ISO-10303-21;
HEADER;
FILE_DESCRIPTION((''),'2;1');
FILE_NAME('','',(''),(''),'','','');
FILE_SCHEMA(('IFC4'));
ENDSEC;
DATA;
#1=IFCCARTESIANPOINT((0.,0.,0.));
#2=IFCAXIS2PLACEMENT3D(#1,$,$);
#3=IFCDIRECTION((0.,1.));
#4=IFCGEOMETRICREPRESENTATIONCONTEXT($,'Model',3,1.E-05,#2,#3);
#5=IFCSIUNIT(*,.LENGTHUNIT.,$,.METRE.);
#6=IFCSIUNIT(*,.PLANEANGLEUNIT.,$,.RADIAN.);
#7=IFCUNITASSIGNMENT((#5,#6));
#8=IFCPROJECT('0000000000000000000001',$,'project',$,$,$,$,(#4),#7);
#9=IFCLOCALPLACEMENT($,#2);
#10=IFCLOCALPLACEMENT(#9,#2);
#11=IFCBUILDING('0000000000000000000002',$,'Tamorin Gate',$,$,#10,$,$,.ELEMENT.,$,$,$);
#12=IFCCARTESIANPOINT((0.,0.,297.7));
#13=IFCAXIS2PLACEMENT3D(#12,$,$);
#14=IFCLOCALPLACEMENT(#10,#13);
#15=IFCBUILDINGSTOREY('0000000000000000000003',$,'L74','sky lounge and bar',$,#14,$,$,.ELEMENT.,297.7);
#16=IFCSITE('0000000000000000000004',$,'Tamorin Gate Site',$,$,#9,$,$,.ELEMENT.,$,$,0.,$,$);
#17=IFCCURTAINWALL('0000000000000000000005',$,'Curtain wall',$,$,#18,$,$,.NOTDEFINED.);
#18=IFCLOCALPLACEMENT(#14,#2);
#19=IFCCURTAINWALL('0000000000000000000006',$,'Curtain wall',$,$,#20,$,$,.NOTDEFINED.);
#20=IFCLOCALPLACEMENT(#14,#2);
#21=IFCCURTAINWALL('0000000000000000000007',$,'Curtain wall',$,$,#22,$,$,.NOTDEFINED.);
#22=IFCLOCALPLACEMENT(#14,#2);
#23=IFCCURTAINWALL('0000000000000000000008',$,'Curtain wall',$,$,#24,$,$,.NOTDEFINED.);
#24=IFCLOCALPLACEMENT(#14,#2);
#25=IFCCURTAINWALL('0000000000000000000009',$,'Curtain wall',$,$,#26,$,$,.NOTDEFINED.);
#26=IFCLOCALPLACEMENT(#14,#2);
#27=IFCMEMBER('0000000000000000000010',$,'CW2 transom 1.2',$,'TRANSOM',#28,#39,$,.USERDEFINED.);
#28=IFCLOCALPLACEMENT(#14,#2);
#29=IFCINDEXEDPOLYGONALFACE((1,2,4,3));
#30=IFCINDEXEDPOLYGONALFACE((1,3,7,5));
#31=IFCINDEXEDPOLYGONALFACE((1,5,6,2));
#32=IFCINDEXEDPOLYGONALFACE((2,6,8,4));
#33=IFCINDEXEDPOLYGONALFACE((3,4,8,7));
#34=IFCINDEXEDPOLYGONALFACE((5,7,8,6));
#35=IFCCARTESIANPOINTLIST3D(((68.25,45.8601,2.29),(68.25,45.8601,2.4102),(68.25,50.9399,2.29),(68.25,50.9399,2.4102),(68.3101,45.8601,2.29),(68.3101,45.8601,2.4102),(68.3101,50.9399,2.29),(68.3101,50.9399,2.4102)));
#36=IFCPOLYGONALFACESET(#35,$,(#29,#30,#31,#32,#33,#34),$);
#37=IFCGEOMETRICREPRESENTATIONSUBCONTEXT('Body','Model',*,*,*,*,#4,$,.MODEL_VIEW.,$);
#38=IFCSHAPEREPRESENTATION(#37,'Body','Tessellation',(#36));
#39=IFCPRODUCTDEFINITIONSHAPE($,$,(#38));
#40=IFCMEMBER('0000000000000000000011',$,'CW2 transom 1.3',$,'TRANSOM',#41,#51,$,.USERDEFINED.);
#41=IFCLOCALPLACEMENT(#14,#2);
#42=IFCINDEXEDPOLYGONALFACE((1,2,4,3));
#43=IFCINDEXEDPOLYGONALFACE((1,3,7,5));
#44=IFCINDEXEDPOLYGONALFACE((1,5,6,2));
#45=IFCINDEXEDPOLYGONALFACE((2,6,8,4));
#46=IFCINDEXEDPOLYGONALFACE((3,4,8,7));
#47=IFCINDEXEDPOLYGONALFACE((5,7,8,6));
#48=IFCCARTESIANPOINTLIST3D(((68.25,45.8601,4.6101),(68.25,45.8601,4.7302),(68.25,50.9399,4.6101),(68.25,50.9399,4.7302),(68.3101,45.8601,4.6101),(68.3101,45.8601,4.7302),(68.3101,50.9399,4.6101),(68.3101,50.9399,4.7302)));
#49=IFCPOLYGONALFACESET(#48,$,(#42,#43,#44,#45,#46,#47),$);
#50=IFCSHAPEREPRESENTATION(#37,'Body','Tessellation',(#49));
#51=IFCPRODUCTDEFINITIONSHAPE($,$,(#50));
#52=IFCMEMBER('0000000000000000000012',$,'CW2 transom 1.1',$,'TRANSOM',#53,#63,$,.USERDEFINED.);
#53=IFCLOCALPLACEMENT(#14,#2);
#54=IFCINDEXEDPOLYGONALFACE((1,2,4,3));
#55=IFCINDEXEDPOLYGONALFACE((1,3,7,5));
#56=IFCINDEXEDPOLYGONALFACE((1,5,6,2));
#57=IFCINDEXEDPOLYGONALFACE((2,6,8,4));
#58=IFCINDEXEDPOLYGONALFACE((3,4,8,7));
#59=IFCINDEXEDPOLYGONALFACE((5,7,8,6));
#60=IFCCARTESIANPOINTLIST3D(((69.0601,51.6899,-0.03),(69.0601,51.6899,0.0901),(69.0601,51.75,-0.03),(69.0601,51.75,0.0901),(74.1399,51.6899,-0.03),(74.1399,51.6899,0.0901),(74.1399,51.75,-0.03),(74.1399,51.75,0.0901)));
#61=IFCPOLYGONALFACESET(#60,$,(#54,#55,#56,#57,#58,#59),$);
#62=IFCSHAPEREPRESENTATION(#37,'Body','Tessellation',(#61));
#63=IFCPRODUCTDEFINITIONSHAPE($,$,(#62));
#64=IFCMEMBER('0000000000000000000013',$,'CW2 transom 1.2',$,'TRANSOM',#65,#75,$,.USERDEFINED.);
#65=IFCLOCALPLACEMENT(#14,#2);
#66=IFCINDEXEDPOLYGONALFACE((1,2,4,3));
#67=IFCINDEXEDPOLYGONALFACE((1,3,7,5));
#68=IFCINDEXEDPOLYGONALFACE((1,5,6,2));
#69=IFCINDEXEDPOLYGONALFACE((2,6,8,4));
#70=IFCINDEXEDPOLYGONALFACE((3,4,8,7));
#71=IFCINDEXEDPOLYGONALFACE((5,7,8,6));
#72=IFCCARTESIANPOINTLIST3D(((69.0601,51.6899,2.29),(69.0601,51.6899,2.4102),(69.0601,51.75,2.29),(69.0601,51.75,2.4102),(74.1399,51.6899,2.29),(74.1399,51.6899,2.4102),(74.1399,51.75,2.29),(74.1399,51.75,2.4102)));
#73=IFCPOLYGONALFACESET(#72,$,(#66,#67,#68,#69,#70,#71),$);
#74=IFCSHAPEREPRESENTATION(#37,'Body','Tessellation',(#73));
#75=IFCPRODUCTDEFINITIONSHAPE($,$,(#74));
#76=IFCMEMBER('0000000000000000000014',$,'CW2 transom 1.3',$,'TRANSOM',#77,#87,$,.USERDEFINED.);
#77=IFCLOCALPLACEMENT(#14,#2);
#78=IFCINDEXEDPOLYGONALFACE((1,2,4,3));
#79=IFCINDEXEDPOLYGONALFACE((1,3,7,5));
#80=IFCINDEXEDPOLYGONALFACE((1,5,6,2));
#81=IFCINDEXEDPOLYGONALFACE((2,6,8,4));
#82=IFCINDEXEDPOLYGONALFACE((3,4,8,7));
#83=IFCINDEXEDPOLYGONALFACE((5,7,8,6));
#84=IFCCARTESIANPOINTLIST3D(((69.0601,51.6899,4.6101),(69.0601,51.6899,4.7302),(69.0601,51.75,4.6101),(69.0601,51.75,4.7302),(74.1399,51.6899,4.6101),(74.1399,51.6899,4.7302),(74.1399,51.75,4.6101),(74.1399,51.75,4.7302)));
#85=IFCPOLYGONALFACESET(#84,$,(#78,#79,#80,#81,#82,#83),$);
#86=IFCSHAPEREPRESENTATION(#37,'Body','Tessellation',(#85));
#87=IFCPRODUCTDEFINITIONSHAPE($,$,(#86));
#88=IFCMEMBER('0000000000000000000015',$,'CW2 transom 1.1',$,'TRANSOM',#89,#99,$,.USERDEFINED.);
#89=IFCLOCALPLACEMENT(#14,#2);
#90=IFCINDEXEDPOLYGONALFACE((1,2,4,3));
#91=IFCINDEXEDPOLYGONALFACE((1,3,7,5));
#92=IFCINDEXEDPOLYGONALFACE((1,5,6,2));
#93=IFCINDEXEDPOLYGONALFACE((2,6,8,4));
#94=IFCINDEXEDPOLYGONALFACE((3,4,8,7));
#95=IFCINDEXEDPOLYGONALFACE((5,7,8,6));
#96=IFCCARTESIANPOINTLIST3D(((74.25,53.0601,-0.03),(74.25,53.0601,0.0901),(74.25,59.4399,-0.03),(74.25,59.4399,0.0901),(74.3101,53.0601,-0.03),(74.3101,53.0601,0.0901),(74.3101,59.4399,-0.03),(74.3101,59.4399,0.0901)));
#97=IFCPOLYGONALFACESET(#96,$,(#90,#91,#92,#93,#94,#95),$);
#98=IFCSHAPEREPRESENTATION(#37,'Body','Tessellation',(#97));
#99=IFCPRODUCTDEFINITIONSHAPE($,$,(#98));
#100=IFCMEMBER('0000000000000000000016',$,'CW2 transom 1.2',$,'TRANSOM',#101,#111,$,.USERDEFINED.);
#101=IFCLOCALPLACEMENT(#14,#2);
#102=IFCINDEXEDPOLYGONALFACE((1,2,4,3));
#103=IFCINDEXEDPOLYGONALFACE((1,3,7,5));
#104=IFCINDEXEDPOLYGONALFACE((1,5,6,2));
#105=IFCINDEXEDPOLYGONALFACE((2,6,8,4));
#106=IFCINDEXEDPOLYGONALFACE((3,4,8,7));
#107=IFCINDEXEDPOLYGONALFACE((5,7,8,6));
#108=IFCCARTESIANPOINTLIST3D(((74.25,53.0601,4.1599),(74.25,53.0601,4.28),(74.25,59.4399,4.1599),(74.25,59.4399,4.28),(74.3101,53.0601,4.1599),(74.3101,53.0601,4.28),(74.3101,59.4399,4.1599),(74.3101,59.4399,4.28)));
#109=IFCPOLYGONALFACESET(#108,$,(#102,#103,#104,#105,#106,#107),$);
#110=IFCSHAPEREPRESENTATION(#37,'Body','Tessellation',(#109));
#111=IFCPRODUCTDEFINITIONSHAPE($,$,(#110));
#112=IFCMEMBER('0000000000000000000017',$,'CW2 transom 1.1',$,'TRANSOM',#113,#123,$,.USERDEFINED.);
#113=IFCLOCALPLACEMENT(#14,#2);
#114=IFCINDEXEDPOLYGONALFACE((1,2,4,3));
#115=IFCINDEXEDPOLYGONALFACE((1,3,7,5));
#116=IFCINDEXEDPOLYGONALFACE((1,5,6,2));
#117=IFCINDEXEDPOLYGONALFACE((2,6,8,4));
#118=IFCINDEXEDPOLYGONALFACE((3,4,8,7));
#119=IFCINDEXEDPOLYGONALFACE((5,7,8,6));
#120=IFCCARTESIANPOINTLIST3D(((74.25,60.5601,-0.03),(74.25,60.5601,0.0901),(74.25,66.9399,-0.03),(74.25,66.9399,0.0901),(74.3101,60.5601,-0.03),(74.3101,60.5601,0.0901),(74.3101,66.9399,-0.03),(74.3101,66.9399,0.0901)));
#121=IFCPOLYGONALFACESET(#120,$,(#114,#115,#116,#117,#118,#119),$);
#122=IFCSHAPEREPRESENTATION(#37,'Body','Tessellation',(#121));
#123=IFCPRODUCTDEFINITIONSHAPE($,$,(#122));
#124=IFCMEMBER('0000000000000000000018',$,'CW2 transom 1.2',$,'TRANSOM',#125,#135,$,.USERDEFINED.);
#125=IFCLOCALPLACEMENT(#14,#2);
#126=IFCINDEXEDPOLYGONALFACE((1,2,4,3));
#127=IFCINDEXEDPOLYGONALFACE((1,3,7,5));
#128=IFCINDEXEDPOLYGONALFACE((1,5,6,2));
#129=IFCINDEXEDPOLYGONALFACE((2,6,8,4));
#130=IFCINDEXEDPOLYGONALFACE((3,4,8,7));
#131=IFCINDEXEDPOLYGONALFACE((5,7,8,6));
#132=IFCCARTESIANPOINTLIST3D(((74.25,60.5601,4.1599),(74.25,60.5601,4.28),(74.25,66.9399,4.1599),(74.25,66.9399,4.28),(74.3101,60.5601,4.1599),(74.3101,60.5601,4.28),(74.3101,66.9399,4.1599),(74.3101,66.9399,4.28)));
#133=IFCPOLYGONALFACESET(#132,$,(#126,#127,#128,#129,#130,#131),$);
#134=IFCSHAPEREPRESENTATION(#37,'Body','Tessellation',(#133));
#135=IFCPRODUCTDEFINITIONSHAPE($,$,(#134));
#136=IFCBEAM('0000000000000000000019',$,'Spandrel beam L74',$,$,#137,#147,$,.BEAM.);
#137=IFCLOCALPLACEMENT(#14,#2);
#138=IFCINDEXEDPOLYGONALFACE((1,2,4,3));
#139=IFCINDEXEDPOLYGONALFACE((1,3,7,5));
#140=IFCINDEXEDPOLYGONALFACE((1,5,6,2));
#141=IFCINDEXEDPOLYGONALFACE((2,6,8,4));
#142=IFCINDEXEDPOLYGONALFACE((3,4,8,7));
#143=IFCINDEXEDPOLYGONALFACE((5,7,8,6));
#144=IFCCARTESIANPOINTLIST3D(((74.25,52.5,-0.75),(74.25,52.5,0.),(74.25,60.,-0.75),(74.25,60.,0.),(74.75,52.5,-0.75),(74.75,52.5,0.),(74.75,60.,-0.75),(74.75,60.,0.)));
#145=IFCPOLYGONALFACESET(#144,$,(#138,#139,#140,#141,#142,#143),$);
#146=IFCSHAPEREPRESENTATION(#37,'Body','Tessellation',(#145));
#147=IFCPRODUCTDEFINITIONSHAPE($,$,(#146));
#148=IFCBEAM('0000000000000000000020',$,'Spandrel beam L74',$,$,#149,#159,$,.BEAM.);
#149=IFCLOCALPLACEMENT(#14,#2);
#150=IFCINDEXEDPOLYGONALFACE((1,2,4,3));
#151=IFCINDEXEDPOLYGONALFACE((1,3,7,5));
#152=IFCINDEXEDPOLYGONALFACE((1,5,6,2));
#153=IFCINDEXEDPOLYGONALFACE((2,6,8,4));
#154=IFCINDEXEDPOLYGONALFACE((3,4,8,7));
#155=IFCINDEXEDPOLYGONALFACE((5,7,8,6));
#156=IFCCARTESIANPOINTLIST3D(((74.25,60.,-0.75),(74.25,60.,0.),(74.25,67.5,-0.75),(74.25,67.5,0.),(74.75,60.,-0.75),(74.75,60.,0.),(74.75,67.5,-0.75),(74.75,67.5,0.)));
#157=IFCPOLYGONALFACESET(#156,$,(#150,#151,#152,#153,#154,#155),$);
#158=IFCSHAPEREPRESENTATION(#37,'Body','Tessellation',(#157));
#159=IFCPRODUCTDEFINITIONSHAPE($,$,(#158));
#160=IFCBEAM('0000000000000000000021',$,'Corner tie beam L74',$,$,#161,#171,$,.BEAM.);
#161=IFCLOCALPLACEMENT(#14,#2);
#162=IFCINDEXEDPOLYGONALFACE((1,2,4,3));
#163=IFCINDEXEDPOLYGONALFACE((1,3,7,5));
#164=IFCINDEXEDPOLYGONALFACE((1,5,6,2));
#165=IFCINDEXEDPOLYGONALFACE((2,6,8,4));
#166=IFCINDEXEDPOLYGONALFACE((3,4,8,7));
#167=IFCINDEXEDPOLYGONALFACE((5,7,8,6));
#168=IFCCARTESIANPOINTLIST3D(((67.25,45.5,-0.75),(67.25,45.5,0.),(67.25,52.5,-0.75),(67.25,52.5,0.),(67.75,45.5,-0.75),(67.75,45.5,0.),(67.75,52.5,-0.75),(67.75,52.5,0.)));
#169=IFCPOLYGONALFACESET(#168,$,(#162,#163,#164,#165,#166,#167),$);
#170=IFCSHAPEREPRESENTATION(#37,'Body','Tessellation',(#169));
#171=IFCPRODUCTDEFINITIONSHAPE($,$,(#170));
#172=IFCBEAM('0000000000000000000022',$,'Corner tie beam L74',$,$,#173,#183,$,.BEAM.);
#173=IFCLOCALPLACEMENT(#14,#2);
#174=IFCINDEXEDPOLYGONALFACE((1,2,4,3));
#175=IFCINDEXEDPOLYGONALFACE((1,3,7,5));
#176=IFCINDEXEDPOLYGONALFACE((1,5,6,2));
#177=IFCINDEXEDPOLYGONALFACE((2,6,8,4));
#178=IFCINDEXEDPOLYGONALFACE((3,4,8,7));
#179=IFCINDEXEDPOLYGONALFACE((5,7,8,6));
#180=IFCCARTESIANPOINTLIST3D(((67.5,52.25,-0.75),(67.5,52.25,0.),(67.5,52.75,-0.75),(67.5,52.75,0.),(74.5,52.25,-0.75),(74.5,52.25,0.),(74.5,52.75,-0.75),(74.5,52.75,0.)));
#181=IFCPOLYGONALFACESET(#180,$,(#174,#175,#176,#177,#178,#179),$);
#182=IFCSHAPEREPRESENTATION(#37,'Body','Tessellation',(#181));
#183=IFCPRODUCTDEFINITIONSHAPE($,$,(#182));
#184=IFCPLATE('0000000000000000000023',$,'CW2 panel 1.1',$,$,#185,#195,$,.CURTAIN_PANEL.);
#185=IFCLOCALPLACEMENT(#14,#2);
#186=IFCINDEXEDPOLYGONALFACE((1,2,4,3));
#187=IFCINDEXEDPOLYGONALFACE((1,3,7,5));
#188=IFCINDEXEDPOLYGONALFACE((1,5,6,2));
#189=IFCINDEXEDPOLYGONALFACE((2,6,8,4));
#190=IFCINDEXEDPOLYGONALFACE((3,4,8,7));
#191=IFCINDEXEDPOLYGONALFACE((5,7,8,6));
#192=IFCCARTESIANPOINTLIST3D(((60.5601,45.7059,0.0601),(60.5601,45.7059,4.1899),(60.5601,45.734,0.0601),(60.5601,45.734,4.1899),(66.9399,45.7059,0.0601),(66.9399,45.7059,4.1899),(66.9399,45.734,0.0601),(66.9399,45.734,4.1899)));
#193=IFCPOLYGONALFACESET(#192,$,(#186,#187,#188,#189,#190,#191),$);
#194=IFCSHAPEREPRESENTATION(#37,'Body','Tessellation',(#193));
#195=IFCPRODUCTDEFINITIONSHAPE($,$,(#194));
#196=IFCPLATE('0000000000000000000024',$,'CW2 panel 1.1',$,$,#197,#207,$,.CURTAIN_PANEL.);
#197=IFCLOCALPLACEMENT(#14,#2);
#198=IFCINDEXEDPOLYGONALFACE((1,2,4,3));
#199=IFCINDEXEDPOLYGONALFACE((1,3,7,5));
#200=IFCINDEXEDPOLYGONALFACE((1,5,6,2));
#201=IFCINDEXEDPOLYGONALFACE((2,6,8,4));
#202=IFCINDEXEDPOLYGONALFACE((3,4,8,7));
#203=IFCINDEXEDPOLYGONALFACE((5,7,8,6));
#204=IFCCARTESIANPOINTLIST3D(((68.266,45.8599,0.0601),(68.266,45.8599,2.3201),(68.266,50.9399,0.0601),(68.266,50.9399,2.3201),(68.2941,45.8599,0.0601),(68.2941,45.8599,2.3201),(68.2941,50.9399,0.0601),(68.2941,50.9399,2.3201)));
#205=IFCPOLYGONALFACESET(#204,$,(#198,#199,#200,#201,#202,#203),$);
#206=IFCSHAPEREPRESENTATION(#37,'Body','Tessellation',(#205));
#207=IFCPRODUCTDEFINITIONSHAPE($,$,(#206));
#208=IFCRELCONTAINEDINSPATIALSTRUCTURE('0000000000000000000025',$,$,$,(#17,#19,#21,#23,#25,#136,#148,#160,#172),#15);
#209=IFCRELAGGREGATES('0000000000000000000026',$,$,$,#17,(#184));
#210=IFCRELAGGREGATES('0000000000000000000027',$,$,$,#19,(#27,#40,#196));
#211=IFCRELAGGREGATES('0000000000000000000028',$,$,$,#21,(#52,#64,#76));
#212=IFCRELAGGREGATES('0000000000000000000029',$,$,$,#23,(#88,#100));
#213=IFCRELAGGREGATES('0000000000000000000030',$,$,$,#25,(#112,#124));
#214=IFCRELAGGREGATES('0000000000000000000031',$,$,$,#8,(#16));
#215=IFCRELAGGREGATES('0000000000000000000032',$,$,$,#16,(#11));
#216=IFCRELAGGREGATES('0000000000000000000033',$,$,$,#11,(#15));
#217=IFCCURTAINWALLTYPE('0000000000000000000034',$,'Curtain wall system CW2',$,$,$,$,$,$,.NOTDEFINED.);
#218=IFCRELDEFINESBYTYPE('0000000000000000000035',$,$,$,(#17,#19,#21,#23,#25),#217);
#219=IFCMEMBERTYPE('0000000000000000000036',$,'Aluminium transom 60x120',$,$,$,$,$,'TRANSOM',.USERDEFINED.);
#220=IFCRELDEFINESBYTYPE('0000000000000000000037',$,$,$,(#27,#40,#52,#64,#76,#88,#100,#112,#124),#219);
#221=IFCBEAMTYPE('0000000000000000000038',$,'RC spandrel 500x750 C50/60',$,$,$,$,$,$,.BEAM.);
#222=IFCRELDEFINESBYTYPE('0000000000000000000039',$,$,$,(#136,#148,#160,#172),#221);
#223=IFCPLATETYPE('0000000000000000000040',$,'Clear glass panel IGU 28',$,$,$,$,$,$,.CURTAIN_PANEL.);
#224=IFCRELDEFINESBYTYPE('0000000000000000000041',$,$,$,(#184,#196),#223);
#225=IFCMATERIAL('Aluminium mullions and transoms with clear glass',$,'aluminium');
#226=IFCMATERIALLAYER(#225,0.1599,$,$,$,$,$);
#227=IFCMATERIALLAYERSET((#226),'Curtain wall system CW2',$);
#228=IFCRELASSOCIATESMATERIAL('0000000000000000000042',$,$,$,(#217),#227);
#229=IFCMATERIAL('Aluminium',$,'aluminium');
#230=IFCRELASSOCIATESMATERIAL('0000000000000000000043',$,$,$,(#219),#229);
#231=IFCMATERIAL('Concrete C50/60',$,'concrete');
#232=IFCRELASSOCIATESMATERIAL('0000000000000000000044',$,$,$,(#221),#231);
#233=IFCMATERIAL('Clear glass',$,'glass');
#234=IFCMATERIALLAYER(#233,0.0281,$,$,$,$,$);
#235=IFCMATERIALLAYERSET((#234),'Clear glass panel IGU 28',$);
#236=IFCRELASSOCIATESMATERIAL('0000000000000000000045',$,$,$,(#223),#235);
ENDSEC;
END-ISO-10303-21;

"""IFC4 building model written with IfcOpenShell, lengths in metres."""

from ifc_helpers import new_model, si_unit, direction, frame, origin, origin_2d, place, context, subcontext, project, spatial, rectangle, extrude, material, layer, layer_set, material_profile, profile_set, type_object, element, aggregate, save


model = new_model("IFC4")

# Units and contexts
model_context = context("Model", 3, precision=1e-05, world=origin(), true_north=direction((0.0, 1.0)))
body_context = subcontext(model_context, "Body", "Model", "MODEL_VIEW")
ifc_project = project(units=[si_unit("LENGTHUNIT", "METRE"), si_unit("PLANEANGLEUNIT", "RADIAN")], contexts=[model_context])

# Site, building, storey
site_placement = place(None, origin())
site = spatial("IfcSite", under=ifc_project, at=site_placement, Name="Tamorin Gate Site", CompositionType="ELEMENT", RefElevation=0.0)
building_placement = place(site_placement, origin())
building = spatial("IfcBuilding", under=site, at=building_placement, Name="Tamorin Gate", CompositionType="ELEMENT")
storey_placement = place(building_placement, frame((0.0, 0.0, 297.7)))
storey = spatial("IfcBuildingStorey", under=building, at=storey_placement, Name="L74", Description="sky lounge and bar", CompositionType="ELEMENT", Elevation=297.7)

# Shared definitions
ifc_material_1 = material(Name="Concrete C50/60", Category="concrete")

# Curtain wall
ifc_material_2 = material(Name="Aluminium mullions and transoms with clear glass", Category="aluminium")
ifc_layer_1 = layer(ifc_material_2, 0.1599)
ifc_layer_set_1 = layer_set([ifc_layer_1], Name="Curtain wall system CW2")
curtain_wall_type = type_object("IfcCurtainWallType", Name="Curtain wall system CW2", PredefinedType="NOTDEFINED", material=ifc_layer_set_1)
curtain_wall_1_placement = place(storey_placement, origin())
curtain_wall_1 = element("IfcCurtainWall", 1, at=curtain_wall_1_placement, inside=storey, type_object=curtain_wall_type, Name="Curtain wall", PredefinedType="NOTDEFINED")
ifc_material_3 = material(Name="Aluminium", Category="aluminium")

# Curtain walls
curtain_wall_2_placement = place(storey_placement, origin())
curtain_wall_2 = element("IfcCurtainWall", 2, at=curtain_wall_2_placement, inside=storey, type_object=curtain_wall_type, Name="Curtain wall", PredefinedType="NOTDEFINED")
curtain_wall_3_placement = place(storey_placement, origin())
curtain_wall_3 = element("IfcCurtainWall", 3, at=curtain_wall_3_placement, inside=storey, type_object=curtain_wall_type, Name="Curtain wall", PredefinedType="NOTDEFINED")
curtain_wall_4_placement = place(storey_placement, origin())
curtain_wall_4 = element("IfcCurtainWall", 4, at=curtain_wall_4_placement, inside=storey, type_object=curtain_wall_type, Name="Curtain wall", PredefinedType="NOTDEFINED")
curtain_wall_5_placement = place(storey_placement, origin())
curtain_wall_5 = element("IfcCurtainWall", 5, at=curtain_wall_5_placement, inside=storey, type_object=curtain_wall_type, Name="Curtain wall", PredefinedType="NOTDEFINED")

# Members
ifc_material_profile_1 = material_profile(ifc_material_3, rectangle(XDim=0.0601, YDim=0.1201, at=origin_2d()), Name="RECT 60x120")
ifc_profile_set_1 = profile_set([ifc_material_profile_1], Name="Aluminium")
member_type_1 = type_object("IfcMemberType", Name="Aluminium transom 60x120", ElementType="TRANSOM", PredefinedType="USERDEFINED", material=ifc_profile_set_1)
member_1_placement = place(storey_placement, frame((68.28, 45.8601, 2.3501), z_axis=(0.0, 1.0, 0.0), x_axis=(-1.0, 0.0, 0.0)))
member_1 = element("IfcMember", 6, at=member_1_placement, type_object=member_type_1, Name="CW2 transom 1.2", ObjectType="TRANSOM", PredefinedType="USERDEFINED", context=body_context, shape_type="SweptSolid", body=[
    extrude(rectangle(XDim=0.0601, YDim=0.1201, at=origin_2d()), origin(), (0.0, 0.0, 1.0), 5.0798),
])
member_2_placement = place(storey_placement, frame((68.28, 45.8601, 4.6702), z_axis=(0.0, 1.0, 0.0), x_axis=(-1.0, 0.0, 0.0)))
member_2 = element("IfcMember", 7, at=member_2_placement, type_object=member_type_1, Name="CW2 transom 1.3", ObjectType="TRANSOM", PredefinedType="USERDEFINED", context=body_context, shape_type="SweptSolid", body=[
    extrude(rectangle(XDim=0.0601, YDim=0.1201, at=origin_2d()), origin(), (0.0, 0.0, 1.0), 5.0798),
])
member_3_placement = place(storey_placement, frame((69.0601, 51.72, 0.03), z_axis=(1.0, 0.0, 0.0), x_axis=(0.0, 1.0, 0.0)))
member_3 = element("IfcMember", 8, at=member_3_placement, type_object=member_type_1, Name="CW2 transom 1.1", ObjectType="TRANSOM", PredefinedType="USERDEFINED", context=body_context, shape_type="SweptSolid", body=[
    extrude(rectangle(XDim=0.0601, YDim=0.1201, at=origin_2d()), origin(), (0.0, 0.0, 1.0), 5.0798),
])
member_4_placement = place(storey_placement, frame((69.0601, 51.72, 2.3501), z_axis=(1.0, 0.0, 0.0), x_axis=(0.0, 1.0, 0.0)))
member_4 = element("IfcMember", 9, at=member_4_placement, type_object=member_type_1, Name="CW2 transom 1.2", ObjectType="TRANSOM", PredefinedType="USERDEFINED", context=body_context, shape_type="SweptSolid", body=[
    extrude(rectangle(XDim=0.0601, YDim=0.1201, at=origin_2d()), origin(), (0.0, 0.0, 1.0), 5.0798),
])
member_5_placement = place(storey_placement, frame((69.0601, 51.72, 4.6702), z_axis=(1.0, 0.0, 0.0), x_axis=(0.0, 1.0, 0.0)))
member_5 = element("IfcMember", 10, at=member_5_placement, type_object=member_type_1, Name="CW2 transom 1.3", ObjectType="TRANSOM", PredefinedType="USERDEFINED", context=body_context, shape_type="SweptSolid", body=[
    extrude(rectangle(XDim=0.0601, YDim=0.1201, at=origin_2d()), origin(), (0.0, 0.0, 1.0), 5.0798),
])
member_6_placement = place(storey_placement, frame((74.28, 53.0601, 0.03), z_axis=(0.0, 1.0, 0.0), x_axis=(-1.0, 0.0, 0.0)))
member_6 = element("IfcMember", 11, at=member_6_placement, type_object=member_type_1, Name="CW2 transom 1.1", ObjectType="TRANSOM", PredefinedType="USERDEFINED", context=body_context, shape_type="SweptSolid", body=[
    extrude(rectangle(XDim=0.0601, YDim=0.1201, at=origin_2d()), origin(), (0.0, 0.0, 1.0), 6.3799),
])
member_7_placement = place(storey_placement, frame((74.28, 53.0601, 4.22), z_axis=(0.0, 1.0, 0.0), x_axis=(-1.0, 0.0, 0.0)))
member_7 = element("IfcMember", 12, at=member_7_placement, type_object=member_type_1, Name="CW2 transom 1.2", ObjectType="TRANSOM", PredefinedType="USERDEFINED", context=body_context, shape_type="SweptSolid", body=[
    extrude(rectangle(XDim=0.0601, YDim=0.1201, at=origin_2d()), origin(), (0.0, 0.0, 1.0), 6.3799),
])
member_8_placement = place(storey_placement, frame((74.28, 60.5601, 0.03), z_axis=(0.0, 1.0, 0.0), x_axis=(-1.0, 0.0, 0.0)))
member_8 = element("IfcMember", 13, at=member_8_placement, type_object=member_type_1, Name="CW2 transom 1.1", ObjectType="TRANSOM", PredefinedType="USERDEFINED", context=body_context, shape_type="SweptSolid", body=[
    extrude(rectangle(XDim=0.0601, YDim=0.1201, at=origin_2d()), origin(), (0.0, 0.0, 1.0), 6.3799),
])
member_9_placement = place(storey_placement, frame((74.28, 60.5601, 4.22), z_axis=(0.0, 1.0, 0.0), x_axis=(-1.0, 0.0, 0.0)))
member_9 = element("IfcMember", 14, at=member_9_placement, type_object=member_type_1, Name="CW2 transom 1.2", ObjectType="TRANSOM", PredefinedType="USERDEFINED", context=body_context, shape_type="SweptSolid", body=[
    extrude(rectangle(XDim=0.0601, YDim=0.1201, at=origin_2d()), origin(), (0.0, 0.0, 1.0), 6.3799),
])

# Beams
ifc_material_profile_2 = material_profile(ifc_material_1, rectangle(XDim=0.5, YDim=0.75, at=origin_2d()), Name="RC 500x750")
ifc_profile_set_2 = profile_set([ifc_material_profile_2], Name="Concrete C50/60")
beam_type = type_object("IfcBeamType", Name="RC spandrel 500x750 C50/60", PredefinedType="BEAM", material=ifc_profile_set_2)
for number, where, z_axis, x_axis, name in (
    (15, (74.5, 52.5, -0.375), (0.0, 1.0, 0.0), (-1.0, 0.0, 0.0), "Spandrel beam L74"),
    (16, (74.5, 60.0, -0.375), (0.0, 1.0, 0.0), (-1.0, 0.0, 0.0), "Spandrel beam L74"),
):
    element("IfcBeam", number, at=place(storey_placement, frame(where, z_axis=z_axis, x_axis=x_axis)), inside=storey, type_object=beam_type, Name=name, PredefinedType="BEAM", context=body_context, shape_type="SweptSolid", body=[
        extrude(rectangle(XDim=0.5, YDim=0.75, at=origin_2d()), origin(), (0.0, 0.0, 1.0), 7.5),
    ])
for number, where, z_axis, x_axis, name in (
    (17, (67.5, 52.5, -0.375), (0.0, -1.0, 0.0), (1.0, 0.0, 0.0), "Corner tie beam L74"),
    (18, (67.5, 52.5, -0.375), (1.0, 0.0, 0.0), (0.0, 1.0, 0.0), "Corner tie beam L74"),
):
    element("IfcBeam", number, at=place(storey_placement, frame(where, z_axis=z_axis, x_axis=x_axis)), inside=storey, type_object=beam_type, Name=name, PredefinedType="BEAM", context=body_context, shape_type="SweptSolid", body=[
        extrude(rectangle(XDim=0.5, YDim=0.75, at=origin_2d()), origin(), (0.0, 0.0, 1.0), 7.0),
    ])

# Plates
ifc_material_4 = material(Name="Clear glass", Category="glass")
ifc_layer_2 = layer(ifc_material_4, 0.0281)
ifc_layer_set_2 = layer_set([ifc_layer_2], Name="Clear glass panel IGU 28")
plate_type = type_object("IfcPlateType", Name="Clear glass panel IGU 28", PredefinedType="CURTAIN_PANEL", material=ifc_layer_set_2)
plate_1_placement = place(storey_placement, frame((63.75, 45.72, 0.0601), z_axis=(0.0, 0.0, 1.0), x_axis=(1.0, 0.0, 0.0)))
plate_1 = element("IfcPlate", 19, at=plate_1_placement, type_object=plate_type, Name="CW2 panel 1.1", PredefinedType="CURTAIN_PANEL", context=body_context, shape_type="SweptSolid", body=[
    extrude(rectangle(XDim=6.3799, YDim=0.0281, at=origin_2d()), origin(), (0.0, 0.0, 1.0), 4.1299),
])
aggregate(curtain_wall_1, [plate_1])
plate_2_placement = place(storey_placement, frame((68.28, 48.3999, 0.0601), z_axis=(0.0, 0.0, 1.0), x_axis=(0.0, 1.0, 0.0)))
plate_2 = element("IfcPlate", 20, at=plate_2_placement, type_object=plate_type, Name="CW2 panel 1.1", PredefinedType="CURTAIN_PANEL", context=body_context, shape_type="SweptSolid", body=[
    extrude(rectangle(XDim=5.0801, YDim=0.0281, at=origin_2d()), origin(), (0.0, 0.0, 1.0), 2.26),
])
aggregate(curtain_wall_2, [member_1, member_2, plate_2])
aggregate(curtain_wall_3, [member_3, member_4, member_5])
aggregate(curtain_wall_4, [member_6, member_7])
aggregate(curtain_wall_5, [member_8, member_9])

save(model, "model.ifc")
